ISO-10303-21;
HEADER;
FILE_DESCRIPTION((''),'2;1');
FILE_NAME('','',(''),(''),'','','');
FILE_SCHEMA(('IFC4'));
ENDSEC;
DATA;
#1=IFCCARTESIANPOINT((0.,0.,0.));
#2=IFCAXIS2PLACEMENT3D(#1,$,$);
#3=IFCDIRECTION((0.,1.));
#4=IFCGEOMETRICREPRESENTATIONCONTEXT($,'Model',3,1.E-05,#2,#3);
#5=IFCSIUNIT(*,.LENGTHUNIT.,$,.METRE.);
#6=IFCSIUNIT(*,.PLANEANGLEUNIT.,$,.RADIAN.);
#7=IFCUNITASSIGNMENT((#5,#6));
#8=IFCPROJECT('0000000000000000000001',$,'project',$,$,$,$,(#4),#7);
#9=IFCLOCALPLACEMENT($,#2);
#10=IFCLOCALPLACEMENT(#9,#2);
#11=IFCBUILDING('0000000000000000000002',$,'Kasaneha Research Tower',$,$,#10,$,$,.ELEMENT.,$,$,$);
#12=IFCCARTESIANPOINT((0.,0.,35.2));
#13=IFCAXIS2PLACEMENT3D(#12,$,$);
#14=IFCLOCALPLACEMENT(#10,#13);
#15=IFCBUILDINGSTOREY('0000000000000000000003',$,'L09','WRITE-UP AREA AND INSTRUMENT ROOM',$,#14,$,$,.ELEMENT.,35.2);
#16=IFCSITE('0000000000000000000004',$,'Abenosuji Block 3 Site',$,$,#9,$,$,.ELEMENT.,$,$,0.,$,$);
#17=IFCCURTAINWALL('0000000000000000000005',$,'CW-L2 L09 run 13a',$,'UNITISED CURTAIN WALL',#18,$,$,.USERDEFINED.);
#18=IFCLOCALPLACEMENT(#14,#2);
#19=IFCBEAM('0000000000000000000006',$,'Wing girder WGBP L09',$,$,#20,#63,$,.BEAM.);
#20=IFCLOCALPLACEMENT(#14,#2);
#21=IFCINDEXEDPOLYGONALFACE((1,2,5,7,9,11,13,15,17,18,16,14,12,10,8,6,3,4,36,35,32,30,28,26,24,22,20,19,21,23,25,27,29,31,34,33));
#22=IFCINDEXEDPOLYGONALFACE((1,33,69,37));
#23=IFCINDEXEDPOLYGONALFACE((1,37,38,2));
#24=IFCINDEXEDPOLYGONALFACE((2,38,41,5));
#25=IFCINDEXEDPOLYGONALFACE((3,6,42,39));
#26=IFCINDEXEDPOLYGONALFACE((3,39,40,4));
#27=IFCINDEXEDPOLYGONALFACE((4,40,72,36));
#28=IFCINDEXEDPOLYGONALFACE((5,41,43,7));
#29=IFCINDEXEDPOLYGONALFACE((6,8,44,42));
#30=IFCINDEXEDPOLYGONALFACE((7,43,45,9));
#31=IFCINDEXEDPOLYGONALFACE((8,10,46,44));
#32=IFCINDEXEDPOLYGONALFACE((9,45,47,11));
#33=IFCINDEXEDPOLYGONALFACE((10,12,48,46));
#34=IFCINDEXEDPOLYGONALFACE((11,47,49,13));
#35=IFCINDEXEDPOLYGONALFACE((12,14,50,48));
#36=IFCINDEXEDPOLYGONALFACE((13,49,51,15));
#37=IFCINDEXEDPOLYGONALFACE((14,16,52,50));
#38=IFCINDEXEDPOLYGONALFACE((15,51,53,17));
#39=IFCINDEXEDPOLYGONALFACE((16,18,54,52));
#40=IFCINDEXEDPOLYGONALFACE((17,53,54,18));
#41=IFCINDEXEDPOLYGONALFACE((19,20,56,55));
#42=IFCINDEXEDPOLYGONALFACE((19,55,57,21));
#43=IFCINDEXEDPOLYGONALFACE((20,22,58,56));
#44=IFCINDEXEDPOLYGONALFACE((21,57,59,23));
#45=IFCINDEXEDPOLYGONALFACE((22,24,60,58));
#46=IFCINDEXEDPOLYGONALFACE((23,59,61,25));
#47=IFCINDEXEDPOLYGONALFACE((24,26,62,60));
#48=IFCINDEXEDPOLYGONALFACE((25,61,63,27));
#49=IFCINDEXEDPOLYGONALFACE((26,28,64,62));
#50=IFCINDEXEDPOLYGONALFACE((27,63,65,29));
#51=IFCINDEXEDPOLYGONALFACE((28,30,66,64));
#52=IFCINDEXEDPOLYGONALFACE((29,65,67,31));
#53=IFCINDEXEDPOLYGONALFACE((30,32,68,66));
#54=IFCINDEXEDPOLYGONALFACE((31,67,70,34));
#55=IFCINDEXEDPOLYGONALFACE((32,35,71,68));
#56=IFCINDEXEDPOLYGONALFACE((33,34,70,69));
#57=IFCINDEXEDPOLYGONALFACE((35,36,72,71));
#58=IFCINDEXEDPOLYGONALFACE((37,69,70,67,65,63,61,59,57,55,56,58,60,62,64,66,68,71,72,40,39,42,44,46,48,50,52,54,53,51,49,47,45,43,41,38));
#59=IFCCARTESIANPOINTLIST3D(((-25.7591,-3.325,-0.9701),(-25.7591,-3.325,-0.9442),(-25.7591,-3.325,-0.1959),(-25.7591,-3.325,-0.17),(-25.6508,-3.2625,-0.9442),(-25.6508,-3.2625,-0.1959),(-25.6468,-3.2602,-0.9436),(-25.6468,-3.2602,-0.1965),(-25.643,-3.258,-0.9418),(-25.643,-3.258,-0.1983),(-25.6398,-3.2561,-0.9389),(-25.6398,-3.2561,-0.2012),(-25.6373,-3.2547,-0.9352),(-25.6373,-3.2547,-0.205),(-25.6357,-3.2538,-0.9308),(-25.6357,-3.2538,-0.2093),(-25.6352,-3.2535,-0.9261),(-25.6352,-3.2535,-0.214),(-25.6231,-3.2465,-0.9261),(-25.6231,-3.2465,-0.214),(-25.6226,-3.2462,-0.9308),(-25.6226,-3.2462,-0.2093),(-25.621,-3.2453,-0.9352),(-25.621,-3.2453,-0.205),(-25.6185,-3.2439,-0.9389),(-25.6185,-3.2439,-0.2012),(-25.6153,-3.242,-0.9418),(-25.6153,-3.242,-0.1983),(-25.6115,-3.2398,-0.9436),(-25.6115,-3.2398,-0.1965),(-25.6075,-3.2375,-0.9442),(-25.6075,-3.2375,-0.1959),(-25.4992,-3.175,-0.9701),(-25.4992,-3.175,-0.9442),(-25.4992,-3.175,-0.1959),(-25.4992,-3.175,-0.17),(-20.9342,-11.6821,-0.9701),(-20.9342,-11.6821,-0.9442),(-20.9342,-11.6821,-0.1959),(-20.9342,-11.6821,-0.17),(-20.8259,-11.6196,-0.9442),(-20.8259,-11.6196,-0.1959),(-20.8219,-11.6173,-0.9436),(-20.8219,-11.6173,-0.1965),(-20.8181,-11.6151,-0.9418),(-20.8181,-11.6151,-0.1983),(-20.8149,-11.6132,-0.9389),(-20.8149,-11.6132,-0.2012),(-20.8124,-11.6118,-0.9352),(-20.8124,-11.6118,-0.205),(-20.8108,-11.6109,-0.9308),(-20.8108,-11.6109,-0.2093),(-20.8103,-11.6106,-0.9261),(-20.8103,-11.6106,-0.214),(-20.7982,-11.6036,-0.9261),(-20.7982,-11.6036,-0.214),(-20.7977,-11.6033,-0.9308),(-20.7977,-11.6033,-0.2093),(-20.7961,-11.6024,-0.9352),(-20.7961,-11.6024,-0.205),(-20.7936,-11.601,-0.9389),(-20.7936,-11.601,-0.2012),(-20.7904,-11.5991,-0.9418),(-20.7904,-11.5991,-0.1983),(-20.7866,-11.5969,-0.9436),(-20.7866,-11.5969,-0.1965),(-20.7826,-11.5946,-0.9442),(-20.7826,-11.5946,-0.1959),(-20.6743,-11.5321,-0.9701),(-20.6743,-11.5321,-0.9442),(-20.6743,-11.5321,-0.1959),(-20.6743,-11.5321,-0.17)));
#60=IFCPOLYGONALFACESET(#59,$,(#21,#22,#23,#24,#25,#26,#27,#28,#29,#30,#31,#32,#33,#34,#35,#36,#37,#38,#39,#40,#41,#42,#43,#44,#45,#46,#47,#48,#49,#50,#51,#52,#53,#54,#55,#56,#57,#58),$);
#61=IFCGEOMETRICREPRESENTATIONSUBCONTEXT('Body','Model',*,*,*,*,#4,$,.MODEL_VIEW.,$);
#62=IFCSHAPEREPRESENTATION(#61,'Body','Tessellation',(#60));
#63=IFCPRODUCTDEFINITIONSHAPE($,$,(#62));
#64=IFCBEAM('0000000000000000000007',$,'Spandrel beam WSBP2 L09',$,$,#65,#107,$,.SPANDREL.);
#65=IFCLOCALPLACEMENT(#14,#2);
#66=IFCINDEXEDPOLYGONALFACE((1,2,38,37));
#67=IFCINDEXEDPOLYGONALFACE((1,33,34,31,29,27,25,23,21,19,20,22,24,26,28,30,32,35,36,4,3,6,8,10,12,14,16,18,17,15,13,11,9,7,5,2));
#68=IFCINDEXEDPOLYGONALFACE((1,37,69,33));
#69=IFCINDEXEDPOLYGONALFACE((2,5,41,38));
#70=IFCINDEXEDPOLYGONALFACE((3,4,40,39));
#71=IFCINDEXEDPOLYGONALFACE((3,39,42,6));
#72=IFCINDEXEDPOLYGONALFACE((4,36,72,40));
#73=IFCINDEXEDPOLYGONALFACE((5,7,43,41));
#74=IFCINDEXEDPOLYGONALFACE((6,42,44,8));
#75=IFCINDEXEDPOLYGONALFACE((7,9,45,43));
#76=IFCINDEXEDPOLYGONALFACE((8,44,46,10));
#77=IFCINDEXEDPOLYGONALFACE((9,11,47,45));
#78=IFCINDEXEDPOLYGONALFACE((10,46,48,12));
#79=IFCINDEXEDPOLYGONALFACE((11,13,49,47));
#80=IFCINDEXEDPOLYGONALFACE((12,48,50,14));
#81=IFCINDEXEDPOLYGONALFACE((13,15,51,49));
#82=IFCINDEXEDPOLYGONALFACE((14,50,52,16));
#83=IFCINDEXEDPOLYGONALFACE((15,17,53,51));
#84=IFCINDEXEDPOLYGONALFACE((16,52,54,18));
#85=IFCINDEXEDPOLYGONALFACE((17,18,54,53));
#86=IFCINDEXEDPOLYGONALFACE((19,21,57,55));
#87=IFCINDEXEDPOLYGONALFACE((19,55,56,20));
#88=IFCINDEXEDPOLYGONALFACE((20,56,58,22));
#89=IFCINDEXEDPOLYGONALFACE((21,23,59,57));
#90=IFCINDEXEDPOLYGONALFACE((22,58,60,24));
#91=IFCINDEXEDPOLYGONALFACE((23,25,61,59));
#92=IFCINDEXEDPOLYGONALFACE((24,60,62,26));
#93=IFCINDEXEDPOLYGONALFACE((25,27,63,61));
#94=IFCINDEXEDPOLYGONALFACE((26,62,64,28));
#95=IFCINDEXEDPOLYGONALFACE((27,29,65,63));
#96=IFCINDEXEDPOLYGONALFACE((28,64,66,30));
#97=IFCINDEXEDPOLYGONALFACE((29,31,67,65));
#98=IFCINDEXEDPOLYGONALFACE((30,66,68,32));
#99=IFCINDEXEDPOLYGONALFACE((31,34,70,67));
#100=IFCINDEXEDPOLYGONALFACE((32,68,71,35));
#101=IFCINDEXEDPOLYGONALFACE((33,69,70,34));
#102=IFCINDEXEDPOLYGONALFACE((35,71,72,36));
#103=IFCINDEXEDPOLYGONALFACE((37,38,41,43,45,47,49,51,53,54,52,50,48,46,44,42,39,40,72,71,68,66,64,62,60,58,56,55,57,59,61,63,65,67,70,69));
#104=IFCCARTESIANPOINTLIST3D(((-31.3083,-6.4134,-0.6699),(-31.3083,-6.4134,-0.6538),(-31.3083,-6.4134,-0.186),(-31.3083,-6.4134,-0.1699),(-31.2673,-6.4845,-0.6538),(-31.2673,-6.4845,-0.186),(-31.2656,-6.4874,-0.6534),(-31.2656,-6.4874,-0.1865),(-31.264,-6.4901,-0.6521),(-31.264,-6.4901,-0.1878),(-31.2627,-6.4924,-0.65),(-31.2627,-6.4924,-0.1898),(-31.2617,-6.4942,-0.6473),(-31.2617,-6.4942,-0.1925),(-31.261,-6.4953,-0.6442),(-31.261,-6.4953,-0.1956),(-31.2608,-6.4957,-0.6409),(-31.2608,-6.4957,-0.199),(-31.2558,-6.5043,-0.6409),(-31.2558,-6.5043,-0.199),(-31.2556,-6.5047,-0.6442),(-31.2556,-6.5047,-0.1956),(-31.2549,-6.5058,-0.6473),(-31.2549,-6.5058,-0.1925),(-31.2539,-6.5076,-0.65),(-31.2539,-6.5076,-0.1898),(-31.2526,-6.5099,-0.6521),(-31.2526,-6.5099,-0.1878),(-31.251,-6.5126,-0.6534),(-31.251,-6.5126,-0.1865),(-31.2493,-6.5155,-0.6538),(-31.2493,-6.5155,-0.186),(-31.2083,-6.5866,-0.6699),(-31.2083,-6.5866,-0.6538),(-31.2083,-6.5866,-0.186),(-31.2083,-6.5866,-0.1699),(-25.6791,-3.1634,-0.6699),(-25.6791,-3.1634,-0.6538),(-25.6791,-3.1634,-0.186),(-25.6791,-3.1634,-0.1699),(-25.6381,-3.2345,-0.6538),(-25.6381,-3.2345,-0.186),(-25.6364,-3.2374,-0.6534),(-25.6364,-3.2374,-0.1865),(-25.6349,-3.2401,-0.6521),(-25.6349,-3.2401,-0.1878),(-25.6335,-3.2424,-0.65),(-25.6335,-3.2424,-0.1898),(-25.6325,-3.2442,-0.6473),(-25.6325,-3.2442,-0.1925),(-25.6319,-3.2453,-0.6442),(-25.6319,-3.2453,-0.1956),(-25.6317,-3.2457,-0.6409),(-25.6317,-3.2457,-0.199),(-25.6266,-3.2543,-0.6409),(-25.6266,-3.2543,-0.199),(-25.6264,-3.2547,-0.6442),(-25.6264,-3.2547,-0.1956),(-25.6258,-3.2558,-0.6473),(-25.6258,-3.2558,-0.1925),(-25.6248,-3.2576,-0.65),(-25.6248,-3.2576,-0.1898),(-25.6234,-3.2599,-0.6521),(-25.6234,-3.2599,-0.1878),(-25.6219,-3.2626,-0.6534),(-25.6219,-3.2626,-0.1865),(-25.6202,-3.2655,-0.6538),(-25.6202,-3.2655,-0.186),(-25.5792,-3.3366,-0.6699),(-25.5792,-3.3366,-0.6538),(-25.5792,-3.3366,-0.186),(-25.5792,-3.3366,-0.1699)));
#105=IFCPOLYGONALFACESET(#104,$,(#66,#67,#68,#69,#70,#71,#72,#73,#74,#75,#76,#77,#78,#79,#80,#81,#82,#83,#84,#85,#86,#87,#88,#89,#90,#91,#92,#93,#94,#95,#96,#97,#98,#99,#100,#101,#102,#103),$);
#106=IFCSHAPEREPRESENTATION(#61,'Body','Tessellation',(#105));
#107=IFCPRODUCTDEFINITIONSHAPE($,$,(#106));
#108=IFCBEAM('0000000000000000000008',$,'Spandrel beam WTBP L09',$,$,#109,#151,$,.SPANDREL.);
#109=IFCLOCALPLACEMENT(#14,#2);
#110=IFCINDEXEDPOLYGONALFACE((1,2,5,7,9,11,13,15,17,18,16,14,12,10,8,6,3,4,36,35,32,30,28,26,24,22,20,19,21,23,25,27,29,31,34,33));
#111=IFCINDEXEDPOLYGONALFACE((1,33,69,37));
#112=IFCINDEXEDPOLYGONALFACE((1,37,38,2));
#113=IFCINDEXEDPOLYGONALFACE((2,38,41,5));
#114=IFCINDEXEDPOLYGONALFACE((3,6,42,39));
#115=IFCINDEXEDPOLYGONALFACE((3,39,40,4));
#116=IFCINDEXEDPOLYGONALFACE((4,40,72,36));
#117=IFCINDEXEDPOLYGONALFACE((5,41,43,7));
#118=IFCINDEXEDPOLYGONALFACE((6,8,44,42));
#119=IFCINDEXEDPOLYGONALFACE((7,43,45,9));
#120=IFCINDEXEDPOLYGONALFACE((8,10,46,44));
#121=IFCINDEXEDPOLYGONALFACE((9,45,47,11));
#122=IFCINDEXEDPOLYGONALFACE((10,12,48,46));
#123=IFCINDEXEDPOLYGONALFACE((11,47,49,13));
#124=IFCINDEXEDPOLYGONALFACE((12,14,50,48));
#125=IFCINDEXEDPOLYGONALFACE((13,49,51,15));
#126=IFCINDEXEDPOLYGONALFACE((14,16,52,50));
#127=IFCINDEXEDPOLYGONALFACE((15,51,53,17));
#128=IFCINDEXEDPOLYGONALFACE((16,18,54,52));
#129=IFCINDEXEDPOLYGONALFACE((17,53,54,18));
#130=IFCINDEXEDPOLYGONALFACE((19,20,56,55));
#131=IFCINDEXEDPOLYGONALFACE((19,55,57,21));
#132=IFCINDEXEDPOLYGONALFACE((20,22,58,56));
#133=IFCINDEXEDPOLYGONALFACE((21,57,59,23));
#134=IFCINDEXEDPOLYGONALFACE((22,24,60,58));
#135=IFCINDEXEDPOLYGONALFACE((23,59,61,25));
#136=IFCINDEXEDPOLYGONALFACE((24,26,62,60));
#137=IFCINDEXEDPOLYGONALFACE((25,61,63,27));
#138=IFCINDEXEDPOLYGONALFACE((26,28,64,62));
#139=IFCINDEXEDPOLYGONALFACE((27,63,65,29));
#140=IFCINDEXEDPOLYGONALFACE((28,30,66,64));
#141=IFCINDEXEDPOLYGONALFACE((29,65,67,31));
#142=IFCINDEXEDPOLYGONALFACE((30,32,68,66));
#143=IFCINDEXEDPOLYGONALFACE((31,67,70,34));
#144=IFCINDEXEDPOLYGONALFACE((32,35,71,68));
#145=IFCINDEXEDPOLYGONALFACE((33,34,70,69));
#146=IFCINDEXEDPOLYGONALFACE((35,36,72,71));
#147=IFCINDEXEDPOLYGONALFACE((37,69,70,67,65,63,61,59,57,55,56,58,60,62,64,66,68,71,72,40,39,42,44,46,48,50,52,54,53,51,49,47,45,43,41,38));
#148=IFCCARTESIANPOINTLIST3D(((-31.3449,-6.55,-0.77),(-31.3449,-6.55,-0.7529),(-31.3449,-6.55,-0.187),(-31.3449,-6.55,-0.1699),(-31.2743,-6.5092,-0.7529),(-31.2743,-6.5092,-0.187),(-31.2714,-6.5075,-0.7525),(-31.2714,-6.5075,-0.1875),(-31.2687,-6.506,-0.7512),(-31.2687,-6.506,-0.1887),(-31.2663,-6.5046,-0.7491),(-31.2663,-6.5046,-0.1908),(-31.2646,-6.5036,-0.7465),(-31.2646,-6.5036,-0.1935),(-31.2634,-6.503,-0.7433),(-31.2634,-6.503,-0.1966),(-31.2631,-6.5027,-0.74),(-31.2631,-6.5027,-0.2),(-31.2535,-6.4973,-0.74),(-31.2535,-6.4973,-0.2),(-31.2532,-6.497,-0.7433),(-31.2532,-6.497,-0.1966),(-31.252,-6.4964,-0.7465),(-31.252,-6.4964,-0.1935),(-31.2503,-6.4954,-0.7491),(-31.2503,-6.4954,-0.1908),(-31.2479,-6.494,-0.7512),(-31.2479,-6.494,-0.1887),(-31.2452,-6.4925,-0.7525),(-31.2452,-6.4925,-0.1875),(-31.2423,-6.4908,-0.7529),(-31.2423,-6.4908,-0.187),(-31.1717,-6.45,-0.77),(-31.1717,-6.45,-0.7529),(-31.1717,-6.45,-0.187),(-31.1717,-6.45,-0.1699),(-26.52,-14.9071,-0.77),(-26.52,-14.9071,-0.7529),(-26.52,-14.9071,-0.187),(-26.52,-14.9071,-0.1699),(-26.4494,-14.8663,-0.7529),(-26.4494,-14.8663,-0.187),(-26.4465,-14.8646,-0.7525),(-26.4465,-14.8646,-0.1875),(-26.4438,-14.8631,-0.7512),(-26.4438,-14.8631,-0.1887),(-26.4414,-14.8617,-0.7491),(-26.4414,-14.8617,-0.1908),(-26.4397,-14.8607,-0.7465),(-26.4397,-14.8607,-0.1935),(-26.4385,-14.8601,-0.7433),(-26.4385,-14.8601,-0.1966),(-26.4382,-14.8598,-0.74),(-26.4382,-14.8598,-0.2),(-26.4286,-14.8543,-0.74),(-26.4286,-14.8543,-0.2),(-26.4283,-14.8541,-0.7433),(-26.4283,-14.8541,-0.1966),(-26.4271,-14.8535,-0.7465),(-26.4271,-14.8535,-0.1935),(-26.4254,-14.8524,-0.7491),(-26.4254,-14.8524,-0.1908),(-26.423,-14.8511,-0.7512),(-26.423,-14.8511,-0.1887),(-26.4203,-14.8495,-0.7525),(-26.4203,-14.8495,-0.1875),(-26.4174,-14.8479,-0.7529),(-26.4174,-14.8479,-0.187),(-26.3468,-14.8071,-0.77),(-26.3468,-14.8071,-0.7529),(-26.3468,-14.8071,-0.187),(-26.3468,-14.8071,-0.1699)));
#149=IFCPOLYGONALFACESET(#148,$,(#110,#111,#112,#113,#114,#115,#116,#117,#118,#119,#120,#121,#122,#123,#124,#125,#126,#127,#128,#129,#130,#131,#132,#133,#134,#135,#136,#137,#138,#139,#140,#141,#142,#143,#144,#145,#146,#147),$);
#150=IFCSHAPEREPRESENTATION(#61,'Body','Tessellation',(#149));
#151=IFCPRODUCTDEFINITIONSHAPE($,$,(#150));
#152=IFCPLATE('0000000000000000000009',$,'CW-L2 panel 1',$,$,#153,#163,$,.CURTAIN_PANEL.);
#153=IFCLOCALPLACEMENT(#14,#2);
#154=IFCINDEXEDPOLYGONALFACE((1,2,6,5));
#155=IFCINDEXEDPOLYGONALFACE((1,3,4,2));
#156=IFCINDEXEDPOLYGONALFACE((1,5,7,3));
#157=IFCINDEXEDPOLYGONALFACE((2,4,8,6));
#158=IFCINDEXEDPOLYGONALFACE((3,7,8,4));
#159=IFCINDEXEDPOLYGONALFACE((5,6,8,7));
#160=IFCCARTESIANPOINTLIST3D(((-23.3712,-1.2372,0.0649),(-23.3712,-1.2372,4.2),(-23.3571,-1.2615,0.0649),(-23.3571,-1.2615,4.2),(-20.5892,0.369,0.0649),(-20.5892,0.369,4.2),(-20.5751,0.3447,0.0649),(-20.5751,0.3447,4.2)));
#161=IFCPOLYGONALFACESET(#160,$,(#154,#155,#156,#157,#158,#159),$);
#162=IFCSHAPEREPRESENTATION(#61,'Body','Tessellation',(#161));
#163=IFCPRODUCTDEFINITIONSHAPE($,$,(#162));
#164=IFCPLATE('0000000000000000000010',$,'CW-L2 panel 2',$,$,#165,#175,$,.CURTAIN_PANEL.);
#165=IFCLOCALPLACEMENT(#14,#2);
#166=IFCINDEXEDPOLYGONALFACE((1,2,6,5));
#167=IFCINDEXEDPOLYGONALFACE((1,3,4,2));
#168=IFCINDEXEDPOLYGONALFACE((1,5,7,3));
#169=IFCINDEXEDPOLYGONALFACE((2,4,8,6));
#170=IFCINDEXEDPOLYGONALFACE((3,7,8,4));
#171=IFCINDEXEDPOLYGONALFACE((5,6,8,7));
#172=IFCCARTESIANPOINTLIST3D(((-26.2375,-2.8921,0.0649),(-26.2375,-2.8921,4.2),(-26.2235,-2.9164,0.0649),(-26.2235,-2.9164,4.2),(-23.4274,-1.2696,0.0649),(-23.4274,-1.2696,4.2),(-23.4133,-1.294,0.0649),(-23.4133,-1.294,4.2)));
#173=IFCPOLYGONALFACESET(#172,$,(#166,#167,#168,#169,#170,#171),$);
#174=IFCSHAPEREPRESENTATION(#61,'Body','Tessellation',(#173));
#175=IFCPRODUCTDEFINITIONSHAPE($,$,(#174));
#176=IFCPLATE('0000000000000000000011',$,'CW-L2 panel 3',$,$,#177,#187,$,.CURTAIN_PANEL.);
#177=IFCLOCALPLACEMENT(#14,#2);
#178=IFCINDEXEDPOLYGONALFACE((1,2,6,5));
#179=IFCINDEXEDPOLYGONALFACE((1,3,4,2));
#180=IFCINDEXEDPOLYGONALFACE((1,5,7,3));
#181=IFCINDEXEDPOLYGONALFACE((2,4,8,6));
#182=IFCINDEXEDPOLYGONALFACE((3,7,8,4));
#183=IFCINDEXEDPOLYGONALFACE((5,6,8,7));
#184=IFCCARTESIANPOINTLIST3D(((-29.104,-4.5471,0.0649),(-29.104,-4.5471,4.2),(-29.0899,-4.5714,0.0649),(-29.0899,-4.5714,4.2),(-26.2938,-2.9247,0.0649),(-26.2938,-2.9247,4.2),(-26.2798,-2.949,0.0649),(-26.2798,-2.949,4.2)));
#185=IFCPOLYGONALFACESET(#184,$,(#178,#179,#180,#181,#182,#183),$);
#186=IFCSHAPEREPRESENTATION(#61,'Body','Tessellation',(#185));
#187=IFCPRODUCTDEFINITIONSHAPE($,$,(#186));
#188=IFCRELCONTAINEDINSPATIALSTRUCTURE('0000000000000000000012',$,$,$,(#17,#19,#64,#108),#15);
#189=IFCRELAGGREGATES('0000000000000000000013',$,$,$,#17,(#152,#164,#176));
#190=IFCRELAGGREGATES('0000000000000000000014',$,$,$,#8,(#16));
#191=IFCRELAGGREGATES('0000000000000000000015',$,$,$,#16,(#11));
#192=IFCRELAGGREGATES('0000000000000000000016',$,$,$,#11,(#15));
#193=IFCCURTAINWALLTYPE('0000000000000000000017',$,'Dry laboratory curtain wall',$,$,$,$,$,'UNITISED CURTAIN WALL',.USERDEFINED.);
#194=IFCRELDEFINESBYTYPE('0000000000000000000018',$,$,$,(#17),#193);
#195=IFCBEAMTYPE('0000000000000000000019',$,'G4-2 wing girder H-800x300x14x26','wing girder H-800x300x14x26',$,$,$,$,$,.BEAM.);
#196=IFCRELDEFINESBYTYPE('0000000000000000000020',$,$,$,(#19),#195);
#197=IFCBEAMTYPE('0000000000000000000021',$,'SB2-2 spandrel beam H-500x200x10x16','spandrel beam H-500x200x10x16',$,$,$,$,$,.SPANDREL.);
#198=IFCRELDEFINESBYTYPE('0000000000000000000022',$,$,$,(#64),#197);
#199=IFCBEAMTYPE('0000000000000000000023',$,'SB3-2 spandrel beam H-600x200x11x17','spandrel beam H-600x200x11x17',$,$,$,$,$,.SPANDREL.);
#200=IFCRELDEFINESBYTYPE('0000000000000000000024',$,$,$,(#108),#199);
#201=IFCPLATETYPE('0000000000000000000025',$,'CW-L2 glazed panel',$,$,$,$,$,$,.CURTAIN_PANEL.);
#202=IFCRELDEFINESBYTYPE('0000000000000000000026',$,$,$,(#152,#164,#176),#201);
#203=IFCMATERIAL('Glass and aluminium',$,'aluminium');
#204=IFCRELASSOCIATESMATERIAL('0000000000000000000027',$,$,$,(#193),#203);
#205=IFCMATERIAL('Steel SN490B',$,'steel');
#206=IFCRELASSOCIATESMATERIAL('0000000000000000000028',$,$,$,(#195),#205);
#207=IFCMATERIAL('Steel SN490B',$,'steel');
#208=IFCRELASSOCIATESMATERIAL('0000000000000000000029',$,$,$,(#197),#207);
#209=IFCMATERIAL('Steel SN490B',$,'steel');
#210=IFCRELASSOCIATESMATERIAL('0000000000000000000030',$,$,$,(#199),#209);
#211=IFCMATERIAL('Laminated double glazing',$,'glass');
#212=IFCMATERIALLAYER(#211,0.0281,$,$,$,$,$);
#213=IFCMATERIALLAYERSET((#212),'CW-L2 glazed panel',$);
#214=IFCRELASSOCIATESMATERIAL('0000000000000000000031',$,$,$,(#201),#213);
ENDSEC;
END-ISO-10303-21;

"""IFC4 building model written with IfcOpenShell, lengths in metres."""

from ifc_helpers import new_model, si_unit, direction, frame, origin, origin_2d, place, context, subcontext, project, spatial, rectangle, i_section, extrude, material, layer, layer_set, material_profile, profile_set, type_object, element, aggregate, save


model = new_model("IFC4")

# Units and contexts
model_context = context("Model", 3, precision=1e-05, world=origin(), true_north=direction((0.0, 1.0)))
body_context = subcontext(model_context, "Body", "Model", "MODEL_VIEW")
ifc_project = project(units=[si_unit("LENGTHUNIT", "METRE"), si_unit("PLANEANGLEUNIT", "RADIAN")], contexts=[model_context])

# Site, building, storey
site_placement = place(None, origin())
site = spatial("IfcSite", under=ifc_project, at=site_placement, Name="Abenosuji Block 3 Site", CompositionType="ELEMENT", RefElevation=0.0)
building_placement = place(site_placement, origin())
building = spatial("IfcBuilding", under=site, at=building_placement, Name="Kasaneha Research Tower", CompositionType="ELEMENT")
storey_placement = place(building_placement, frame((0.0, 0.0, 35.2)))
storey = spatial("IfcBuildingStorey", under=building, at=storey_placement, Name="L09", Description="WRITE-UP AREA AND INSTRUMENT ROOM", CompositionType="ELEMENT", Elevation=35.2)

# Curtain wall
ifc_material_1 = material(Name="Glass and aluminium", Category="aluminium")
curtain_wall_type = type_object("IfcCurtainWallType", Name="Dry laboratory curtain wall", ElementType="UNITISED CURTAIN WALL", PredefinedType="USERDEFINED", material=ifc_material_1)
curtain_wall_1_placement = place(storey_placement, origin())
curtain_wall_1 = element("IfcCurtainWall", 1, at=curtain_wall_1_placement, inside=storey, type_object=curtain_wall_type, Name="CW-L2 L09 run 13a", ObjectType="UNITISED CURTAIN WALL", PredefinedType="USERDEFINED")

# Beams
ifc_material_2 = material(Name="Steel SN490B", Category="steel")
ifc_material_profile_1 = material_profile(ifc_material_2, i_section(OverallWidth=0.3, OverallDepth=0.8, WebThickness=0.0139, FlangeThickness=0.0259, FilletRadius=0.0181, at=origin_2d()), Name="H-800x300x14x26")
ifc_profile_set_1 = profile_set([ifc_material_profile_1], Name="Steel SN490B")
beam_type_1 = type_object("IfcBeamType", Name="G4-2 wing girder H-800x300x14x26", Description="wing girder H-800x300x14x26", PredefinedType="BEAM", material=ifc_profile_set_1)
beam_1_placement = place(storey_placement, frame((-25.6292, -3.25, -0.5701), z_axis=(0.499995, -0.866028, 0.0), x_axis=(0.866028, 0.499995, 0.0)))
element("IfcBeam", 2, at=beam_1_placement, inside=storey, type_object=beam_type_1, Name="Wing girder WGBP L09", PredefinedType="BEAM", context=body_context, shape_type="SweptSolid", body=[
    extrude(i_section(OverallWidth=0.3, OverallDepth=0.8, WebThickness=0.0139, FlangeThickness=0.0259, FilletRadius=0.0181, at=origin_2d()), origin(), (0.0, 0.0, 1.0), 9.6499),
])
ifc_material_3 = material(Name="Steel SN490B", Category="steel")
ifc_material_profile_2 = material_profile(ifc_material_3, i_section(OverallWidth=0.2, OverallDepth=0.5, WebThickness=0.01, FlangeThickness=0.0161, FilletRadius=0.0129, at=origin_2d()), Name="H-500x200x10x16")
ifc_profile_set_2 = profile_set([ifc_material_profile_2], Name="Steel SN490B")
beam_type_2 = type_object("IfcBeamType", Name="SB2-2 spandrel beam H-500x200x10x16", Description="spandrel beam H-500x200x10x16", PredefinedType="SPANDREL", material=ifc_profile_set_2)
beam_2_placement = place(storey_placement, frame((-25.6292, -3.25, -0.4199), z_axis=(-0.866025, -0.500001, 0.0), x_axis=(0.500001, -0.866025, 0.0)))
element("IfcBeam", 3, at=beam_2_placement, inside=storey, type_object=beam_type_2, Name="Spandrel beam WSBP2 L09", PredefinedType="SPANDREL", context=body_context, shape_type="SweptSolid", body=[
    extrude(i_section(OverallWidth=0.2, OverallDepth=0.5, WebThickness=0.01, FlangeThickness=0.0161, FilletRadius=0.0129, at=origin_2d()), origin(), (0.0, 0.0, 1.0), 6.5),
])
ifc_material_4 = material(Name="Steel SN490B", Category="steel")
ifc_material_profile_3 = material_profile(ifc_material_4, i_section(OverallWidth=0.2, OverallDepth=0.6001, WebThickness=0.011, FlangeThickness=0.0171, FilletRadius=0.0129, at=origin_2d()), Name="H-600x200x11x17")
ifc_profile_set_3 = profile_set([ifc_material_profile_3], Name="Steel SN490B")
beam_type_3 = type_object("IfcBeamType", Name="SB3-2 spandrel beam H-600x200x11x17", Description="spandrel beam H-600x200x11x17", PredefinedType="SPANDREL", material=ifc_profile_set_3)
beam_3_placement = place(storey_placement, frame((-31.2583, -6.5, -0.47), z_axis=(0.499995, -0.866028, 0.0), x_axis=(0.866028, 0.499995, 0.0)))
element("IfcBeam", 4, at=beam_3_placement, inside=storey, type_object=beam_type_3, Name="Spandrel beam WTBP L09", PredefinedType="SPANDREL", context=body_context, shape_type="SweptSolid", body=[
    extrude(i_section(OverallWidth=0.2, OverallDepth=0.6001, WebThickness=0.011, FlangeThickness=0.0171, FilletRadius=0.0129, at=origin_2d()), origin(), (0.0, 0.0, 1.0), 9.6499),
])

# Plates
ifc_material_5 = material(Name="Laminated double glazing", Category="glass")
ifc_layer_1 = layer(ifc_material_5, 0.0281)
ifc_layer_set_1 = layer_set([ifc_layer_1], Name="CW-L2 glazed panel")
plate_type = type_object("IfcPlateType", Name="CW-L2 glazed panel", PredefinedType="CURTAIN_PANEL", material=ifc_layer_set_1)
plate_1_placement = place(storey_placement, frame((-21.9731, -0.4463, 0.0649), z_axis=(0.0, 0.0, 1.0), x_axis=(-0.866025, -0.5, 0.0)))
plate_1 = element("IfcPlate", 5, at=plate_1_placement, type_object=plate_type, Name="CW-L2 panel 1", PredefinedType="CURTAIN_PANEL", context=body_context, shape_type="SweptSolid", body=[
    extrude(rectangle(XDim=3.2124, YDim=0.0281, at=origin_2d()), origin(), (0.0, 0.0, 1.0), 4.135),
])
plate_2_placement = place(storey_placement, frame((-24.8254, -2.093, 0.0649), z_axis=(0.0, 0.0, 1.0), x_axis=(-0.866025, -0.5, 0.0)))
plate_2 = element("IfcPlate", 6, at=plate_2_placement, type_object=plate_type, Name="CW-L2 panel 2", PredefinedType="CURTAIN_PANEL", context=body_context, shape_type="SweptSolid", body=[
    extrude(rectangle(XDim=3.2449, YDim=0.0281, at=origin_2d()), origin(), (0.0, 0.0, 1.0), 4.135),
])
plate_3_placement = place(storey_placement, frame((-27.6919, -3.748, 0.0649), z_axis=(0.0, 0.0, 1.0), x_axis=(-0.866025, -0.5, 0.0)))
plate_3 = element("IfcPlate", 7, at=plate_3_placement, type_object=plate_type, Name="CW-L2 panel 3", PredefinedType="CURTAIN_PANEL", context=body_context, shape_type="SweptSolid", body=[
    extrude(rectangle(XDim=3.2449, YDim=0.0281, at=origin_2d()), origin(), (0.0, 0.0, 1.0), 4.135),
])
aggregate(curtain_wall_1, [plate_1, plate_2, plate_3])

save(model, "model.ifc")
